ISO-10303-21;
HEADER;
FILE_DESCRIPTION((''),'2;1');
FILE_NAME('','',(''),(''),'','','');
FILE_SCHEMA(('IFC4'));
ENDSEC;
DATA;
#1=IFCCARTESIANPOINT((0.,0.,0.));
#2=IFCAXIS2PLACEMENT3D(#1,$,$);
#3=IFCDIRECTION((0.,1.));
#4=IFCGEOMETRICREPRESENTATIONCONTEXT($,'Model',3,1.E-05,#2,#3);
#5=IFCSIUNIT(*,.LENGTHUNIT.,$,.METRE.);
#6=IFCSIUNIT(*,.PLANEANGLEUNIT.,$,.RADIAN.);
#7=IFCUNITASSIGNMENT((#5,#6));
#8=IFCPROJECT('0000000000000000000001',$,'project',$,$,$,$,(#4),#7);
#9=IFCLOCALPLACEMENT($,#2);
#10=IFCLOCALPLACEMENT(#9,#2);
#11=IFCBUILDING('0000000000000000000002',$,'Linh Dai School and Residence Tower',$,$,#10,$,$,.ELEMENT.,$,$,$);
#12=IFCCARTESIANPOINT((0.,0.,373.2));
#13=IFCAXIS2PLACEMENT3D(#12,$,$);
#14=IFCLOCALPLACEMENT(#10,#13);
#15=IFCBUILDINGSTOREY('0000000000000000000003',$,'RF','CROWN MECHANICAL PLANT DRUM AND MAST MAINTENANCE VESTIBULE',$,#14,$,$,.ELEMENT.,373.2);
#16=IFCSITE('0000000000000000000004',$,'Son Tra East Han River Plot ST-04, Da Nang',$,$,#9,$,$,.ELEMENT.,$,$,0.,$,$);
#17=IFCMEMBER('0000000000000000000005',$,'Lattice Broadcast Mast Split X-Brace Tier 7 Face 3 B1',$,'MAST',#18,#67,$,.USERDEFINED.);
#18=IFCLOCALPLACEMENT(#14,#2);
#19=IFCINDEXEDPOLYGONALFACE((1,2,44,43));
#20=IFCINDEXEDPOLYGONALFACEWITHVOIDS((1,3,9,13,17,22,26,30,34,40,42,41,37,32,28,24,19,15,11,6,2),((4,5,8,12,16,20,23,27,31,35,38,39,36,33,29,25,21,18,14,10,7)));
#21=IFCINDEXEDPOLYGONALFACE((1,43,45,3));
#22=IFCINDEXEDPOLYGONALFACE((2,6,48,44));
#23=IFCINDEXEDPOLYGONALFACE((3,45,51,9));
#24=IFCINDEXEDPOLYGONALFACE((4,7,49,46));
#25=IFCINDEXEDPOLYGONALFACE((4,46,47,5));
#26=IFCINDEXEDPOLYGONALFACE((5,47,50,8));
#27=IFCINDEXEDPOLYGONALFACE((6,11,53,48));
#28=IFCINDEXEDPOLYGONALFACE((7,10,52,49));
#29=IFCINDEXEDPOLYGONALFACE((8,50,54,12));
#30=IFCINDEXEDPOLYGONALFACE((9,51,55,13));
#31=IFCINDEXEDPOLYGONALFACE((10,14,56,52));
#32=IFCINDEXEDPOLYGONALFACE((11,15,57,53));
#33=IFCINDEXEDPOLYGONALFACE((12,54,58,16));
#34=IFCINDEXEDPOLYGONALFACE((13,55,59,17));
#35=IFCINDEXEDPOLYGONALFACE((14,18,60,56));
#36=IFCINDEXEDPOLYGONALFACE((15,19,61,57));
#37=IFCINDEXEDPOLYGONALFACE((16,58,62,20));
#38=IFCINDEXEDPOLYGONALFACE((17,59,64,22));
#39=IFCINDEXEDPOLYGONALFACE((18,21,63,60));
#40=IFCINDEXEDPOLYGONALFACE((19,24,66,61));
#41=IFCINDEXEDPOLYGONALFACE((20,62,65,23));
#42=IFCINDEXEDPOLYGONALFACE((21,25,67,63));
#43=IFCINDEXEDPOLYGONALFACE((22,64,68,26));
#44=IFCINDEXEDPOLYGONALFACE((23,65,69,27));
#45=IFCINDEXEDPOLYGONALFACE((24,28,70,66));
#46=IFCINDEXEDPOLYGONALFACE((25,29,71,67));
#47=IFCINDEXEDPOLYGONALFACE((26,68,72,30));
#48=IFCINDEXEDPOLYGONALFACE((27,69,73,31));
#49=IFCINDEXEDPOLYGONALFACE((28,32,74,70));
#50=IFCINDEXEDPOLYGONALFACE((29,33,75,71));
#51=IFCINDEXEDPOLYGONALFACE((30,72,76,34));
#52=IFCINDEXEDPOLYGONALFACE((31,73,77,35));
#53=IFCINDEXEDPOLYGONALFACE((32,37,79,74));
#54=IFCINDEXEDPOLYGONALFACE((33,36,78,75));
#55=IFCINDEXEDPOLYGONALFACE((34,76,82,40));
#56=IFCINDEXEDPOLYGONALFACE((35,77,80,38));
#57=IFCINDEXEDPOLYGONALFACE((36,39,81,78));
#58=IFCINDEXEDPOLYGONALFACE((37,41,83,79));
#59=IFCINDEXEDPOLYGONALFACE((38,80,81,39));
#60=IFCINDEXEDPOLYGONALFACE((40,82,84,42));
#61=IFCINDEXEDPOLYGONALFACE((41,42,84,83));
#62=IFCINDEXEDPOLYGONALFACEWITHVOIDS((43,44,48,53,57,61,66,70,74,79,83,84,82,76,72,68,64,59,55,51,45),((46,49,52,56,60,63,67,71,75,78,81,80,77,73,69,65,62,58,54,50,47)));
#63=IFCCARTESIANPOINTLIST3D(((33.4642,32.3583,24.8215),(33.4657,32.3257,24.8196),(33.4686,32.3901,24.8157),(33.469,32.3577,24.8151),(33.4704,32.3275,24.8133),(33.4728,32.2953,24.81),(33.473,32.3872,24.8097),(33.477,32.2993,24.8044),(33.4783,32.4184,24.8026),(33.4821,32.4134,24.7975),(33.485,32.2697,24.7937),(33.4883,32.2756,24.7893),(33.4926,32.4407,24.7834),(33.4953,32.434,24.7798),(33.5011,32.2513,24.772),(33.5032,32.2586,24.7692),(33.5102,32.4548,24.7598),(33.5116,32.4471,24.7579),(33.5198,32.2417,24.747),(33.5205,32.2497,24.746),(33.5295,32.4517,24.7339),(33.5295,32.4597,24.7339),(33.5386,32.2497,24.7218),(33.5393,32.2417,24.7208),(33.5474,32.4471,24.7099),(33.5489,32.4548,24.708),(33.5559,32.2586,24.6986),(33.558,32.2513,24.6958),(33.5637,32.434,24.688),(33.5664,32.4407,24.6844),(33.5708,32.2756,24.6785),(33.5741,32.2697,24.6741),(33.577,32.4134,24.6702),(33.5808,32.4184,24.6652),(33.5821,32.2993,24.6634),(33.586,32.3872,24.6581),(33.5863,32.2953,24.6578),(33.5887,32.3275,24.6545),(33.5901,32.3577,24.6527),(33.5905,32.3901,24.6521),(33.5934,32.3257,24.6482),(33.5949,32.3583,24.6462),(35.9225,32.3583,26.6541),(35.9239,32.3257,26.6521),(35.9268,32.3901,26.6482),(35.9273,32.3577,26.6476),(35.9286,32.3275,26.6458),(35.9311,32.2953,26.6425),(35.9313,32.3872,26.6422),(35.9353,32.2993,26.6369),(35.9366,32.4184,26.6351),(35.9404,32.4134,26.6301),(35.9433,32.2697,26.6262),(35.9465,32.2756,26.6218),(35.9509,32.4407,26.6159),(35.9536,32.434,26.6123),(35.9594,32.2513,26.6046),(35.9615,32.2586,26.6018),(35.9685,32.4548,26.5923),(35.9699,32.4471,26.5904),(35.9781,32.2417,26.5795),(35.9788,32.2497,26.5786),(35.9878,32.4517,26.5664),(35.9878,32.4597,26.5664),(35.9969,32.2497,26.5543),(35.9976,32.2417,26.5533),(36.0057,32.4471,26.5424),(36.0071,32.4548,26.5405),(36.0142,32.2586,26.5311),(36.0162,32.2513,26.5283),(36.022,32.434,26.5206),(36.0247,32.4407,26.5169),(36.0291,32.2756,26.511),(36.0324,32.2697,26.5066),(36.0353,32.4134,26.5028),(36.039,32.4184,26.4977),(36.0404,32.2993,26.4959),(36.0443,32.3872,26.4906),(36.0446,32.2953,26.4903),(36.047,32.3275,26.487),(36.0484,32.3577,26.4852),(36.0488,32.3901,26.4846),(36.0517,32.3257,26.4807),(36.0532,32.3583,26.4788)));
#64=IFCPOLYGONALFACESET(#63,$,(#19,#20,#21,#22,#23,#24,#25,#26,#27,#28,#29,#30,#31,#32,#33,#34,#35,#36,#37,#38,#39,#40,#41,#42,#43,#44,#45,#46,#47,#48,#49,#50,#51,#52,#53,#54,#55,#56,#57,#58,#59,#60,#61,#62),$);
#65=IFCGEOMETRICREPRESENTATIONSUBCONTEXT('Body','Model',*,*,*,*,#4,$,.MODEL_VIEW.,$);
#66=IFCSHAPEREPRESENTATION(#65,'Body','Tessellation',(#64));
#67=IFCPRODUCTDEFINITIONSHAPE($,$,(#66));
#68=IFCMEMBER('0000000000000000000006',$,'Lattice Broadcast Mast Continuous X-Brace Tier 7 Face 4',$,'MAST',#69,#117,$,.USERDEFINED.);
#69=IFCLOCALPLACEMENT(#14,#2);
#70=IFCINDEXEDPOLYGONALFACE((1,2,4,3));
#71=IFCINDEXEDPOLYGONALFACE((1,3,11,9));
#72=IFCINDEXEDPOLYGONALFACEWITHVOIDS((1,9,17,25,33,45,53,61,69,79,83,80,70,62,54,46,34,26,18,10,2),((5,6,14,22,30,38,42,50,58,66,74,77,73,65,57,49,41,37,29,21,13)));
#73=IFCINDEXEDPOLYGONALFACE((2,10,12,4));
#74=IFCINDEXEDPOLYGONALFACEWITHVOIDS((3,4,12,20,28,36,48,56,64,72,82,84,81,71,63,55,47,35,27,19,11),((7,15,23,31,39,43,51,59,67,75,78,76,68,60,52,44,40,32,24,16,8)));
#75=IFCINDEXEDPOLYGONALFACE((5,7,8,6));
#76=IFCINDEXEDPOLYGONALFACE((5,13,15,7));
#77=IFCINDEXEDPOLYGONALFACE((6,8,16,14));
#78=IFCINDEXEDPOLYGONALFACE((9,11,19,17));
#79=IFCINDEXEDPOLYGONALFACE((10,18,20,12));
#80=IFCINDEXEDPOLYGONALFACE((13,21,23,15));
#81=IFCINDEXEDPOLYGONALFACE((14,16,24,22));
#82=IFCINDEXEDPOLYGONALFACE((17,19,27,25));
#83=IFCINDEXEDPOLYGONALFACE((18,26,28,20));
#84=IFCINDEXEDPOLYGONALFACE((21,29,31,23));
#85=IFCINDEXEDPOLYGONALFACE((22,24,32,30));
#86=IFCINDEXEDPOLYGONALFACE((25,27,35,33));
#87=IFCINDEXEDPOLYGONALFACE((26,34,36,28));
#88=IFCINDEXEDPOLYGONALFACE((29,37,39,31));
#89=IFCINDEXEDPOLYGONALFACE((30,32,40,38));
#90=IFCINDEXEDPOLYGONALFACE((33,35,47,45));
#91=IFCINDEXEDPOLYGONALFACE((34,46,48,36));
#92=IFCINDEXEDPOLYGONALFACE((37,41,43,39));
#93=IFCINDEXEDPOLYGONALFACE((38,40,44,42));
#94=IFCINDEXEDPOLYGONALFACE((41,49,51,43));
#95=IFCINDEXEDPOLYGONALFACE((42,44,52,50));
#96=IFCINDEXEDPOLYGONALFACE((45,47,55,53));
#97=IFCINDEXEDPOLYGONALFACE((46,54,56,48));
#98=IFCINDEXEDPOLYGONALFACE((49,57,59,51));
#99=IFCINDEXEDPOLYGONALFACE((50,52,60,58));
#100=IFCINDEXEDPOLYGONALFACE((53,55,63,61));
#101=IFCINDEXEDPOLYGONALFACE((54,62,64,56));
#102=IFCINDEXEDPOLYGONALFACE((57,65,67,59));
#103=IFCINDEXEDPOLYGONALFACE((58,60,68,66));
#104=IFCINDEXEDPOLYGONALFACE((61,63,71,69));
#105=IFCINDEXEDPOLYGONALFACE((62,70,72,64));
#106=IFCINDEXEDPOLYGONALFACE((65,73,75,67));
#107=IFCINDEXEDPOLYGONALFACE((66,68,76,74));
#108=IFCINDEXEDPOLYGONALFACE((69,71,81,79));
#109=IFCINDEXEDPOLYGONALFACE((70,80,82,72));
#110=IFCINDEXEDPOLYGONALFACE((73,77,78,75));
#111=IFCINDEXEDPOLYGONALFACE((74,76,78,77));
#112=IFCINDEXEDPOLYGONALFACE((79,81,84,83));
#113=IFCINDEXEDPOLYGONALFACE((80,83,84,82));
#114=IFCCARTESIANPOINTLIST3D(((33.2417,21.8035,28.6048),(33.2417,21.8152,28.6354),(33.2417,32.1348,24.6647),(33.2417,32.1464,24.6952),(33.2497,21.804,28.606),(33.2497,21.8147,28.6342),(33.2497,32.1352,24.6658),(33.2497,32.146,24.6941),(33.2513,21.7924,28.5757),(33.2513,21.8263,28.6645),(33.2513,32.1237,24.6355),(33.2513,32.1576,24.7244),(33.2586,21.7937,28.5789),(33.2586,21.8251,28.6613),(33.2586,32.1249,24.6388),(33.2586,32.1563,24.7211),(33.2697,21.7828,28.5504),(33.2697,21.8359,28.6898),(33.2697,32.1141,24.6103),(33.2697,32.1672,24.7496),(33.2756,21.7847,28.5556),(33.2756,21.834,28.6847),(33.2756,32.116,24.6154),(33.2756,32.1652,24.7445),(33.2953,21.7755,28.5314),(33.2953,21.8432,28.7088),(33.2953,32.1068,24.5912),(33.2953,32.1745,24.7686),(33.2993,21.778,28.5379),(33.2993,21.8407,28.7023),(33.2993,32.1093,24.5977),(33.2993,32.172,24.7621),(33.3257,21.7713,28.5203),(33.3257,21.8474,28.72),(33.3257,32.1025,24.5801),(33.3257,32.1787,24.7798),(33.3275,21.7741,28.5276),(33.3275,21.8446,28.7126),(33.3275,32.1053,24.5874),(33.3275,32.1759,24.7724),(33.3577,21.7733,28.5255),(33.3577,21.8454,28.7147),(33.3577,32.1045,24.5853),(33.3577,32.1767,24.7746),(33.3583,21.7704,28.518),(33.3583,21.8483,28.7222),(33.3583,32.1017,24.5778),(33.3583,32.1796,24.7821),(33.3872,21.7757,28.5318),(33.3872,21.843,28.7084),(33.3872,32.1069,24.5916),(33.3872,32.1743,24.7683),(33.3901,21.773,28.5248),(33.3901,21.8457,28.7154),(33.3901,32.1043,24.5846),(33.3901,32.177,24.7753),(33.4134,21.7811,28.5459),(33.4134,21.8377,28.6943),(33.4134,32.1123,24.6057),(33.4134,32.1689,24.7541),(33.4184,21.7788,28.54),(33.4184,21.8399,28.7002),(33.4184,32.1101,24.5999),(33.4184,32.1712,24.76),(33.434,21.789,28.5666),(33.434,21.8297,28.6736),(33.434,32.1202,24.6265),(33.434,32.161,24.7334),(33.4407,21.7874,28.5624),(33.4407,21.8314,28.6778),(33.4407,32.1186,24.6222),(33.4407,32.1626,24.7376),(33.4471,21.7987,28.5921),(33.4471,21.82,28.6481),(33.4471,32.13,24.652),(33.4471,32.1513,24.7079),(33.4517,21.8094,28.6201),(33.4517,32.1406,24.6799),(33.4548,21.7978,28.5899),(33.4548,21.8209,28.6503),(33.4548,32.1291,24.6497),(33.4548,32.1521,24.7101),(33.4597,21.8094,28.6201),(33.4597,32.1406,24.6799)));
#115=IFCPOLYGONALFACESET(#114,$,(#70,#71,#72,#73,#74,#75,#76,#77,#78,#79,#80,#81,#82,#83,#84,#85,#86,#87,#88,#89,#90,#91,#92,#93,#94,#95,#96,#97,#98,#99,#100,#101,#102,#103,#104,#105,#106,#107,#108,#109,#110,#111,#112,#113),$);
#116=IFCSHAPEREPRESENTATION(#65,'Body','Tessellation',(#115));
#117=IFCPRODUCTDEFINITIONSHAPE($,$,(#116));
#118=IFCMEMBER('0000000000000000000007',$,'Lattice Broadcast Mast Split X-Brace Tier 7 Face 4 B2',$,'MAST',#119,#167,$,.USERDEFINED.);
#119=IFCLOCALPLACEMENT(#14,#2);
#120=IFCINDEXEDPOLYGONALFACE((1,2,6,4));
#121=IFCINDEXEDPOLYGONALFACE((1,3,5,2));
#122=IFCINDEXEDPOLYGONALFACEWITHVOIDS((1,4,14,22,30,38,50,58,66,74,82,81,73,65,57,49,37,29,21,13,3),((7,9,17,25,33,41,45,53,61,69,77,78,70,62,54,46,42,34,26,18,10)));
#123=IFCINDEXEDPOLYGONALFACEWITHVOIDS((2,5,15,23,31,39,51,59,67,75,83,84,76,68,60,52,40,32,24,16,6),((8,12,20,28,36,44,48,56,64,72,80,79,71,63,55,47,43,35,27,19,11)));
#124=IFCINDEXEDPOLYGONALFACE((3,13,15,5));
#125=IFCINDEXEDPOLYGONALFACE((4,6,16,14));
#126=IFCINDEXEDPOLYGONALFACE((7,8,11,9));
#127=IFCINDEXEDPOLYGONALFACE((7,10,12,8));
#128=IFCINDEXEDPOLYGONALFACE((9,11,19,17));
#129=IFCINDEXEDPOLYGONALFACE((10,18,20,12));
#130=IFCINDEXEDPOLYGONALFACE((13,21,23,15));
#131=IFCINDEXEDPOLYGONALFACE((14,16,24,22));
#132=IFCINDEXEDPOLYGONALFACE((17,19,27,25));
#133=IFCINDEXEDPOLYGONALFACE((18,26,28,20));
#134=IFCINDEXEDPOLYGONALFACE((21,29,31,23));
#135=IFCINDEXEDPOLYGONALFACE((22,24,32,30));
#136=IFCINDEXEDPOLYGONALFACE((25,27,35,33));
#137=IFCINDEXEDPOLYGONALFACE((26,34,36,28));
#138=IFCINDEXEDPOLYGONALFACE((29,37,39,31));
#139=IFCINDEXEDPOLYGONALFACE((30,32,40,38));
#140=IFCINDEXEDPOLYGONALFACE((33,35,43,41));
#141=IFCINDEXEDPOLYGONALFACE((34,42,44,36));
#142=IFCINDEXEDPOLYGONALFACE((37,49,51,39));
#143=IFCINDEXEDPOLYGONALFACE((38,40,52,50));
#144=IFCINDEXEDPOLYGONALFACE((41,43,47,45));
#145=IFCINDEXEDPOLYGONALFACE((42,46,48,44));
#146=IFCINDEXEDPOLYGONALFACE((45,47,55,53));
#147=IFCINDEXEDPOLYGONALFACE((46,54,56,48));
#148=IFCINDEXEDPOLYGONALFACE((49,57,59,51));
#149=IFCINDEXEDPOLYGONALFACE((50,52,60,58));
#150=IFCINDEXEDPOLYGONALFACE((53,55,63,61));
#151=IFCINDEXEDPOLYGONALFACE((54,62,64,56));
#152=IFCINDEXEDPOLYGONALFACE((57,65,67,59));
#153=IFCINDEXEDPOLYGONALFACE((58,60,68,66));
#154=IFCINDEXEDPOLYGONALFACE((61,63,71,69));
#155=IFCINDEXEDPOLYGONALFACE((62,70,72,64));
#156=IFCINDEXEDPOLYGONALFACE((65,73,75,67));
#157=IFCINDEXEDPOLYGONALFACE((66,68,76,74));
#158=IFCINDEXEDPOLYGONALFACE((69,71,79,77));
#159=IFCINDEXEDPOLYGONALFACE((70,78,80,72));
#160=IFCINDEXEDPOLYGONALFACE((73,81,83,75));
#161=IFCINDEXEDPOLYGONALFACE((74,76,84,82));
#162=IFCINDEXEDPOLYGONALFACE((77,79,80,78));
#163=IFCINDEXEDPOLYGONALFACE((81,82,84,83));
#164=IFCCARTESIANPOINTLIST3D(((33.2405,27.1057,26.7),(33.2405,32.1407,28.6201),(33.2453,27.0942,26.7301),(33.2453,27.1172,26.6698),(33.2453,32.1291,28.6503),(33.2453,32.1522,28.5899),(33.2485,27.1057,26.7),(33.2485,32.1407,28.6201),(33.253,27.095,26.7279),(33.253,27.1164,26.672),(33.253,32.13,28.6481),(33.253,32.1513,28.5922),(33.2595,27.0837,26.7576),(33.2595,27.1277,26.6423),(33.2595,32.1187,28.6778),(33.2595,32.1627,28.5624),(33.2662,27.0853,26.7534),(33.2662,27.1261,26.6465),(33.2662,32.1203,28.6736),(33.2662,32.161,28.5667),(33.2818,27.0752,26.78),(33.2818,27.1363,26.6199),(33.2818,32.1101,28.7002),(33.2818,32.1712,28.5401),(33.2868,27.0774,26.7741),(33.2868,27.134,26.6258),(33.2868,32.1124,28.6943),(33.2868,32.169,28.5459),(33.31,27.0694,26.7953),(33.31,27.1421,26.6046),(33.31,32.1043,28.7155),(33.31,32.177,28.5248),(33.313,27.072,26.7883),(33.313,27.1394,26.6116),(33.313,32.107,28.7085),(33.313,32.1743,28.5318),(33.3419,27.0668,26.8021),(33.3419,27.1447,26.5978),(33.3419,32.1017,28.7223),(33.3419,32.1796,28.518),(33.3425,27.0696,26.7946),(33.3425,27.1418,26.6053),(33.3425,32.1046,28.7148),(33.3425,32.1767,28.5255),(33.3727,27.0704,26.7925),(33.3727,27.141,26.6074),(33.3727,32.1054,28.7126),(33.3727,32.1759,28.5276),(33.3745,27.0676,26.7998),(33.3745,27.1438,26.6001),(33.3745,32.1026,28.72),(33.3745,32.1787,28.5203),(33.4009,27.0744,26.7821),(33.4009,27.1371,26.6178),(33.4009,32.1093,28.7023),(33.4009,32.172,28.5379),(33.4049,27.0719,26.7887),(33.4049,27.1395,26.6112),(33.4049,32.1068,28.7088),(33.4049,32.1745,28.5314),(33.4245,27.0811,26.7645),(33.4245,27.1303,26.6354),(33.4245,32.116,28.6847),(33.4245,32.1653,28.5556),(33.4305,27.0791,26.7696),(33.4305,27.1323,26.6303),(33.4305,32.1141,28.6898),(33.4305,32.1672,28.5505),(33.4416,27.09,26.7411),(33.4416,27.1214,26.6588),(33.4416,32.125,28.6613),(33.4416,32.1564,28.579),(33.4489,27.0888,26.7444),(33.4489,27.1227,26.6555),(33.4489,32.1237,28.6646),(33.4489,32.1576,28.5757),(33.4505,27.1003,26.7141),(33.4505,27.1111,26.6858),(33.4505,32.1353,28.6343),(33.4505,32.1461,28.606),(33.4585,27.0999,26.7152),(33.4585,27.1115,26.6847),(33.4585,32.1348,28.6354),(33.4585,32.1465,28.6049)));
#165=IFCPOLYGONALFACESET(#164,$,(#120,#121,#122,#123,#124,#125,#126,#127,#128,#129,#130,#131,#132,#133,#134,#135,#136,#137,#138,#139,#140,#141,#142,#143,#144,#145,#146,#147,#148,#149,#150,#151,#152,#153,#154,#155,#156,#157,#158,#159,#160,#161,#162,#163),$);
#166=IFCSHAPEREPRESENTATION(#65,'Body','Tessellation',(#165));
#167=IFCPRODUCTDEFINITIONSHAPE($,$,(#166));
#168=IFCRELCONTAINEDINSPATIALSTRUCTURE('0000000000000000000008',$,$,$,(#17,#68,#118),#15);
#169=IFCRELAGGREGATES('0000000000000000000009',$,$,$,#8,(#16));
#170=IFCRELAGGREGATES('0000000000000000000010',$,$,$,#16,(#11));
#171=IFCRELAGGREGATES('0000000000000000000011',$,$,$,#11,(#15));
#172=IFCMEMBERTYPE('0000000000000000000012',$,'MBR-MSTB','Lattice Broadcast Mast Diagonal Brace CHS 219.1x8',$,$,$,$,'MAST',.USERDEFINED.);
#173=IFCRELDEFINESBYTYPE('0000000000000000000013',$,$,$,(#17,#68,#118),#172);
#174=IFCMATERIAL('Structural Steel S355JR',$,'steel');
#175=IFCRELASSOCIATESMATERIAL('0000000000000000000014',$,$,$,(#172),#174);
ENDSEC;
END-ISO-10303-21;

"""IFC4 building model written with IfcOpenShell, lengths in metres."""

from ifc_helpers import new_model, si_unit, direction, frame, origin, origin_2d, place, context, subcontext, project, spatial, hollow_circle, extrude, material, material_profile, profile_set, type_object, element, save


model = new_model("IFC4")

# Units and contexts
model_context = context("Model", 3, precision=1e-05, world=origin(), true_north=direction((0.0, 1.0)))
body_context = subcontext(model_context, "Body", "Model", "MODEL_VIEW")
ifc_project = project(units=[si_unit("LENGTHUNIT", "METRE"), si_unit("PLANEANGLEUNIT", "RADIAN")], contexts=[model_context])

# Site, building, storey
site_placement = place(None, origin())
site = spatial("IfcSite", under=ifc_project, at=site_placement, Name="Son Tra East Han River Plot ST-04, Da Nang", CompositionType="ELEMENT", RefElevation=0.0)
building_placement = place(site_placement, origin())
building = spatial("IfcBuilding", under=site, at=building_placement, Name="Linh Dai School and Residence Tower", CompositionType="ELEMENT")
storey_placement = place(building_placement, frame((0.0, 0.0, 373.2)))
storey = spatial("IfcBuildingStorey", under=building, at=storey_placement, Name="RF", Description="CROWN MECHANICAL PLANT DRUM AND MAST MAINTENANCE VESTIBULE", CompositionType="ELEMENT", Elevation=373.2)

# Shared definitions
ifc_material = material(Name="Structural Steel S355JR", Category="steel")

# Members
ifc_material_profile_1 = material_profile(ifc_material, hollow_circle(Radius=0.1096, WallThickness=0.0081, at=origin_2d()), Name="CHS 219.1x8")
ifc_profile_set_1 = profile_set([ifc_material_profile_1], Name="Structural Steel S355JR")
member_type = type_object("IfcMemberType", Name="MBR-MSTB", Description="Lattice Broadcast Mast Diagonal Brace CHS 219.1x8", ElementType="MAST", PredefinedType="USERDEFINED", material=ifc_profile_set_1)
member_1_placement = place(storey_placement, frame((33.5295, 32.3501, 24.7339), z_axis=(0.801745, 0.0, 0.597666), x_axis=(0.0, 1.0, 0.0)))
element("IfcMember", 1, at=member_1_placement, inside=storey, type_object=member_type, Name="Lattice Broadcast Mast Split X-Brace Tier 7 Face 3 B1", ObjectType="MAST", PredefinedType="USERDEFINED", context=body_context, shape_type="SweptSolid", body=[
    extrude(hollow_circle(Radius=0.1096, WallThickness=0.0081, at=origin_2d()), origin(), (0.0, 0.0, 1.0), 3.0662),
])
member_2_placement = place(storey_placement, frame((33.3501, 32.1406, 24.6799), z_axis=(0.0, -0.934354, 0.356347), x_axis=(1.0, 0.0, 0.0)))
element("IfcMember", 2, at=member_2_placement, inside=storey, type_object=member_type, Name="Lattice Broadcast Mast Continuous X-Brace Tier 7 Face 4", ObjectType="MAST", PredefinedType="USERDEFINED", context=body_context, shape_type="SweptSolid", body=[
    extrude(hollow_circle(Radius=0.1096, WallThickness=0.0081, at=origin_2d()), origin(), (0.0, 0.0, 1.0), 11.0571),
])
member_3_placement = place(storey_placement, frame((33.3501, 27.1057, 26.7), z_axis=(0.0, 0.934358, 0.356336), x_axis=(-1.0, 0.0, 0.0)))
element("IfcMember", 3, at=member_3_placement, inside=storey, type_object=member_type, Name="Lattice Broadcast Mast Split X-Brace Tier 7 Face 4 B2", ObjectType="MAST", PredefinedType="USERDEFINED", context=body_context, shape_type="SweptSolid", body=[
    extrude(hollow_circle(Radius=0.1096, WallThickness=0.0081, at=origin_2d()), origin(), (0.0, 0.0, 1.0), 5.3887),
])

save(model, "model.ifc")
